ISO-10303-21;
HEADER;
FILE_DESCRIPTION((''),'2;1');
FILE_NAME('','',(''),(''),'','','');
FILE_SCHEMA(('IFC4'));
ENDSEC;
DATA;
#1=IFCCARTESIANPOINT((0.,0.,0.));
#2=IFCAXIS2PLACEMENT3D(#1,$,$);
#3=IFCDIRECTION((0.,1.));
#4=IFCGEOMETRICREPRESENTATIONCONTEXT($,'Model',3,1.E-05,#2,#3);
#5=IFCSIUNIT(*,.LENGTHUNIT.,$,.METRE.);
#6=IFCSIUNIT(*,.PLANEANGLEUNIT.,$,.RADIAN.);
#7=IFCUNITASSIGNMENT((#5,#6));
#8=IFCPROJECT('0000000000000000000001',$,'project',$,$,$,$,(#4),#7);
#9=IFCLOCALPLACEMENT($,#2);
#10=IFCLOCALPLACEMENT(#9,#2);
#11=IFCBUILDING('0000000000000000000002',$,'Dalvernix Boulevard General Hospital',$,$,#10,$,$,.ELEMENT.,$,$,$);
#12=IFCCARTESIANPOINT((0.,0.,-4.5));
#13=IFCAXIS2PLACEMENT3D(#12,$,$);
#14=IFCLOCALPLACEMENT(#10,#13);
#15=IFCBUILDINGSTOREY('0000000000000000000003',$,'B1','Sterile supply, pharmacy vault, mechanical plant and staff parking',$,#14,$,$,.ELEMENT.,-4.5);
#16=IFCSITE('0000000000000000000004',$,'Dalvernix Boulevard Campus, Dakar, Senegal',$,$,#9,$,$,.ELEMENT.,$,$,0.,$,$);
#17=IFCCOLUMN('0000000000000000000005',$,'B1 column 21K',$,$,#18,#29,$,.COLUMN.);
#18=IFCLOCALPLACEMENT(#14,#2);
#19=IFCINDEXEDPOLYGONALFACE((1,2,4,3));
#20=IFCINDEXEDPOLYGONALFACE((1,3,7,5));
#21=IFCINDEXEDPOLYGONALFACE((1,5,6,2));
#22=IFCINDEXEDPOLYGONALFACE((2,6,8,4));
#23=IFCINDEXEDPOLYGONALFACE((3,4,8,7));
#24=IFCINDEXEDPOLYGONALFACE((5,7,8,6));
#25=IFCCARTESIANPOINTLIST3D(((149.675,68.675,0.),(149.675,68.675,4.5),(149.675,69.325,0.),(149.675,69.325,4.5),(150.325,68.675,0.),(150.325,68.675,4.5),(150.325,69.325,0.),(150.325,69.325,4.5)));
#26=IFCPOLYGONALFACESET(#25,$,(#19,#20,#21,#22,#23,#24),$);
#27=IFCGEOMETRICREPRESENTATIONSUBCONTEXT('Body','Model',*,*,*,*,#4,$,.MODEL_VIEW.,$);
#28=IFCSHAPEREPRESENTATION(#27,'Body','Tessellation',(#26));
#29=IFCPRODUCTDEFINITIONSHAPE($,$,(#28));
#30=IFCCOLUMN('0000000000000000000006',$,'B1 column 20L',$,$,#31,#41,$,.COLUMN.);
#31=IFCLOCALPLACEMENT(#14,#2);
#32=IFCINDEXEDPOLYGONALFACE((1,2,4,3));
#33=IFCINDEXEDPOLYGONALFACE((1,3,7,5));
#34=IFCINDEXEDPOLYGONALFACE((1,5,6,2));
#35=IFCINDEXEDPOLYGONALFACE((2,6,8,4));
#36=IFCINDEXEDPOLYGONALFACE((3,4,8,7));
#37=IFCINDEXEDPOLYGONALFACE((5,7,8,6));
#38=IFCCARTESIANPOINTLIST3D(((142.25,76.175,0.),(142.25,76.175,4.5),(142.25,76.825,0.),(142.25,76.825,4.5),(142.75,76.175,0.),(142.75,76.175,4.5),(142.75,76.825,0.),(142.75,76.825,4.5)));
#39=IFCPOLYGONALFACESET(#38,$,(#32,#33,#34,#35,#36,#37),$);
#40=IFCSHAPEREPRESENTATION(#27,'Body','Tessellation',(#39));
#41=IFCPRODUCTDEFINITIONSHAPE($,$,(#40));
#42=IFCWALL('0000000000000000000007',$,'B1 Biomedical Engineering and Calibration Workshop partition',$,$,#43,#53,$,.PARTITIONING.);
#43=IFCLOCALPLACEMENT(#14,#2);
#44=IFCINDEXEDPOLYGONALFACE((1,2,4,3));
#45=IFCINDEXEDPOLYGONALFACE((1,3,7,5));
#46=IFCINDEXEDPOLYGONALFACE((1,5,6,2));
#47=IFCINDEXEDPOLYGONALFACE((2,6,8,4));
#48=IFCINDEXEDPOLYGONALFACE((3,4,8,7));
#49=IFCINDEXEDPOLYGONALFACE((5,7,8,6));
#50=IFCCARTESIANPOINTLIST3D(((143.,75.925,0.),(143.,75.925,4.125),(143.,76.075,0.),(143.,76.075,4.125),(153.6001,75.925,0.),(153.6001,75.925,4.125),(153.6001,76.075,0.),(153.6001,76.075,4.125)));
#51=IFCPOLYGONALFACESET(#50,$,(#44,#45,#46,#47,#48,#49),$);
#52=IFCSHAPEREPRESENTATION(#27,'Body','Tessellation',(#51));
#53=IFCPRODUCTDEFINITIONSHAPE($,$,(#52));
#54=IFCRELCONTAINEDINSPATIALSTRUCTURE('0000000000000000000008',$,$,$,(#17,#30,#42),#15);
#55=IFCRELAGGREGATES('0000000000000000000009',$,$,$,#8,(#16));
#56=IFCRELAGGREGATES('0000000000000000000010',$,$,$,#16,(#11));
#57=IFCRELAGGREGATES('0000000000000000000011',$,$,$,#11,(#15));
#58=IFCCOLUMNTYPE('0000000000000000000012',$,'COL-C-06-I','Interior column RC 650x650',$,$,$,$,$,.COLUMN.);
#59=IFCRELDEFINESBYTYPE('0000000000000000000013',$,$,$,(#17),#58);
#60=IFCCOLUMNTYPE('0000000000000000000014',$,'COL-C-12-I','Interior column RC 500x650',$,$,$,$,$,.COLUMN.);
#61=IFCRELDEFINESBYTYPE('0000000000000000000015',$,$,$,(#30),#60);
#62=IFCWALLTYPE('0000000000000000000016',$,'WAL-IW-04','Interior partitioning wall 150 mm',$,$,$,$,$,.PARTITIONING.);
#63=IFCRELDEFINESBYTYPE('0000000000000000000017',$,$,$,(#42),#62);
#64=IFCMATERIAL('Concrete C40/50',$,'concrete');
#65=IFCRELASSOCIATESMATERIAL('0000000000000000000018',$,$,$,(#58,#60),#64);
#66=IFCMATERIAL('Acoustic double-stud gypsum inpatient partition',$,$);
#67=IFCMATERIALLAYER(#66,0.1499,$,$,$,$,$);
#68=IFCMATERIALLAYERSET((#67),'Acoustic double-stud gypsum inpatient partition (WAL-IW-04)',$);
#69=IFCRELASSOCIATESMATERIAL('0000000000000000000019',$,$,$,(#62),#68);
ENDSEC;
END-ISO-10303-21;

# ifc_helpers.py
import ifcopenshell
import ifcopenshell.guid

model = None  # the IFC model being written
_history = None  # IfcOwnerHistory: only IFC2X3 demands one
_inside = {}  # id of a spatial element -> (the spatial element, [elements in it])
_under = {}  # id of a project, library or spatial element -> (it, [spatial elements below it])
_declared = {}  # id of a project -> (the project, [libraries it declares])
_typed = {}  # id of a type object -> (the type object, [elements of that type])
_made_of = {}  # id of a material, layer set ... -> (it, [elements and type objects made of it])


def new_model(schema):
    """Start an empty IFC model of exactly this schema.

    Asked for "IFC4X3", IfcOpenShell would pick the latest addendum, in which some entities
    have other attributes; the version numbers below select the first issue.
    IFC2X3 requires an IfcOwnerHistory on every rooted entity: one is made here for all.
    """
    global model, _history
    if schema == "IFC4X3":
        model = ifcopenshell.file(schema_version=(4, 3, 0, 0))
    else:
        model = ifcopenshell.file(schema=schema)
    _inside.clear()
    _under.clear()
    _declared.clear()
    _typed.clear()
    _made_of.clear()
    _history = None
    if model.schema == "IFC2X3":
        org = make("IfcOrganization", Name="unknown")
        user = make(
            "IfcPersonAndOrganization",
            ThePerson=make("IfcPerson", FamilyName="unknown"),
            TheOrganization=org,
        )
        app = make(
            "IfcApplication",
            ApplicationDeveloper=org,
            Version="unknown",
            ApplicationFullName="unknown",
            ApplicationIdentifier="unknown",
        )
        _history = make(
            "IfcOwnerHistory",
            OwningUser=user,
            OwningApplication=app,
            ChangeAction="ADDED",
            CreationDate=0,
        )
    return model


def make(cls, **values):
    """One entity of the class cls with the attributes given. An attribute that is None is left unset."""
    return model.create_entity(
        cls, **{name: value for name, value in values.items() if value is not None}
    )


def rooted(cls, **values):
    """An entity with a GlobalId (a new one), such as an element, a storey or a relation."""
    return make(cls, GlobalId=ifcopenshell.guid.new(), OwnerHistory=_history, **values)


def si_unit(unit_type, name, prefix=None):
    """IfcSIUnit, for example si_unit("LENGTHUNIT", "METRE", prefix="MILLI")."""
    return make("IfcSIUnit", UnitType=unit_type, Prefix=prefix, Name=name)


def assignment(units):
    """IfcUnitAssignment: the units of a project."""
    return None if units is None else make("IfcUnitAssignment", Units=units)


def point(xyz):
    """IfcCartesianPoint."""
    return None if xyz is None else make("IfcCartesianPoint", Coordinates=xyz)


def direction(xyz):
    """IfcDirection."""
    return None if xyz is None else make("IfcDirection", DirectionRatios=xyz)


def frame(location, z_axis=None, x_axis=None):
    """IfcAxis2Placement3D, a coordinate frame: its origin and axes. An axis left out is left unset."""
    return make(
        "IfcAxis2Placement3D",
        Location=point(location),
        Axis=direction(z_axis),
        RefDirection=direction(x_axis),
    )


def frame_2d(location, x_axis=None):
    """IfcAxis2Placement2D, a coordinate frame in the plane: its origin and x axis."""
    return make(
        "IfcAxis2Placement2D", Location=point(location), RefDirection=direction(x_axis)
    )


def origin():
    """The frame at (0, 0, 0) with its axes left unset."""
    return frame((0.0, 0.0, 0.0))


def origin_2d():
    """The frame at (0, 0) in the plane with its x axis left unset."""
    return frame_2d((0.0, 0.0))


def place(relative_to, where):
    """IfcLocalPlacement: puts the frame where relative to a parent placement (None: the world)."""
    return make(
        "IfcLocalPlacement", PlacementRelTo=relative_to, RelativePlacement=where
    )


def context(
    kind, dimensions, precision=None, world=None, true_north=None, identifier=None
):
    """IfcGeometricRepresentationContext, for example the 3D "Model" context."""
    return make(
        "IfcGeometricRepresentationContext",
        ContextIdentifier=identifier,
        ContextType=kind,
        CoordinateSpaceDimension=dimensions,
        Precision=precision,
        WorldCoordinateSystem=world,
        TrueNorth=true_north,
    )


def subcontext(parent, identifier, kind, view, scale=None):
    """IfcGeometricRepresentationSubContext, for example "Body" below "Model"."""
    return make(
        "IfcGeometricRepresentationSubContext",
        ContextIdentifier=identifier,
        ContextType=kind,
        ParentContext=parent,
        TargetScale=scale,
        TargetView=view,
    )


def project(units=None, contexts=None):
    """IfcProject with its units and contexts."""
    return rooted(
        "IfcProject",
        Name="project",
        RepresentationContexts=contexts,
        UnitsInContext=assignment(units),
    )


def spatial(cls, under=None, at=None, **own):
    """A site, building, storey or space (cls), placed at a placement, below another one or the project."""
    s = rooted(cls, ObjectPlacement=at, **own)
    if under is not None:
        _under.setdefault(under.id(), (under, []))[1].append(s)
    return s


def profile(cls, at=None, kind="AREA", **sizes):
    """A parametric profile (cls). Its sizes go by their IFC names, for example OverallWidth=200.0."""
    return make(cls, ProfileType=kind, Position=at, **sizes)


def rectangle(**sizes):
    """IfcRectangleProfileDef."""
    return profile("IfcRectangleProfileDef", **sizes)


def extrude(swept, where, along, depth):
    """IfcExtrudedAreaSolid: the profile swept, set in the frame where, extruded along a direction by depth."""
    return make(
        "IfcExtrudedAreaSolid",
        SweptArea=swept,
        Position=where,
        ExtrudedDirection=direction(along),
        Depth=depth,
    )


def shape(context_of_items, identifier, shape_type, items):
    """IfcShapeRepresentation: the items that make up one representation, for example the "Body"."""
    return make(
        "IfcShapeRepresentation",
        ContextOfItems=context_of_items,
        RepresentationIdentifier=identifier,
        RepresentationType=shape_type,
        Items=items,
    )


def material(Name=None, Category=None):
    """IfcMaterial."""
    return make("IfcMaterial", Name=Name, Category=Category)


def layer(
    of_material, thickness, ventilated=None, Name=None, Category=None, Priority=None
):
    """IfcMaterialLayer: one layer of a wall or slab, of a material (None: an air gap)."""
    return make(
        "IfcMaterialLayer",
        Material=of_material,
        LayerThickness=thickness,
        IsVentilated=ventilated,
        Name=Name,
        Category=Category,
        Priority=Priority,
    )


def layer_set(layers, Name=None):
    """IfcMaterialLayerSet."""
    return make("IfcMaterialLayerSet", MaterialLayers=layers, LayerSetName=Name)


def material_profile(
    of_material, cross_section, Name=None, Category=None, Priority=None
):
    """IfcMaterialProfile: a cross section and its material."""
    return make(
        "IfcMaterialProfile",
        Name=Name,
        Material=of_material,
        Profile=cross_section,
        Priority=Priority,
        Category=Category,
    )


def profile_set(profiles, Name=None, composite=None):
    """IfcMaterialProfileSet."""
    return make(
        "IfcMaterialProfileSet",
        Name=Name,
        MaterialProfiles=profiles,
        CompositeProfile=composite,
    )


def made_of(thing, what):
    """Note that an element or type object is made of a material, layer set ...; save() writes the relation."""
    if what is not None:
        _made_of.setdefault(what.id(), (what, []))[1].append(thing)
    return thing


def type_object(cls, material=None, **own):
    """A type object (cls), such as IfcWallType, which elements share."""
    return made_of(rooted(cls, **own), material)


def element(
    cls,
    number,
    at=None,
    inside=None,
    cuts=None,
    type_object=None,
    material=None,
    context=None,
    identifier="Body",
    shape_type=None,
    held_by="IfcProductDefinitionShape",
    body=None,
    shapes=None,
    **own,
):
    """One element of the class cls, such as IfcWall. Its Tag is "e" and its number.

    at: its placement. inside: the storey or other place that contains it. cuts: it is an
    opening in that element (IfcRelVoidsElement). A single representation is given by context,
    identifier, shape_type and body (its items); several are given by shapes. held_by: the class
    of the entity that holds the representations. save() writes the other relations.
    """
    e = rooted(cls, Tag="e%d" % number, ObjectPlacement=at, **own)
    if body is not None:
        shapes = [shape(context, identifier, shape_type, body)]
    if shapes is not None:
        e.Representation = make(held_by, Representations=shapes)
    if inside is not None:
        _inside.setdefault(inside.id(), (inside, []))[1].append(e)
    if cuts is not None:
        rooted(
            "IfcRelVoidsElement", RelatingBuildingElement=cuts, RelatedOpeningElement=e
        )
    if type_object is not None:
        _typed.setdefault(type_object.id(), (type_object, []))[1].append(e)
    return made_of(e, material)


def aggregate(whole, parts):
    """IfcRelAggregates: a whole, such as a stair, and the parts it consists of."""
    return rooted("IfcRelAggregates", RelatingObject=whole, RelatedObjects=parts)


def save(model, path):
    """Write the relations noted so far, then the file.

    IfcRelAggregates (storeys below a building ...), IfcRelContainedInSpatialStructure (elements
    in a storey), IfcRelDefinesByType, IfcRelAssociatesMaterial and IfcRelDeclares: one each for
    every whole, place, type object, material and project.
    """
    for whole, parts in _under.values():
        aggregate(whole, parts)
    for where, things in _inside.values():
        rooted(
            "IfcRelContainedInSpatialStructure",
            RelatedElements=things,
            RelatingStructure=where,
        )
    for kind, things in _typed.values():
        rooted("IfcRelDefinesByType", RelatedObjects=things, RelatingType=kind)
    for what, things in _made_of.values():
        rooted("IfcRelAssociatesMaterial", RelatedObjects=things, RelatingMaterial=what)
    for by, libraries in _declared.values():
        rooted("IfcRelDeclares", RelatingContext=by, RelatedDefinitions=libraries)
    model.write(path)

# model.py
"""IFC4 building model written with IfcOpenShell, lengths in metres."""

from ifc_helpers import new_model, si_unit, direction, frame, frame_2d, origin, origin_2d, place, context, subcontext, project, spatial, rectangle, extrude, material, layer, layer_set, material_profile, profile_set, type_object, element, save


model = new_model("IFC4")

# Units and contexts
model_context = context("Model", 3, precision=1e-05, world=origin(), true_north=direction((0.0, 1.0)))
body_context = subcontext(model_context, "Body", "Model", "MODEL_VIEW")
ifc_project = project(units=[si_unit("LENGTHUNIT", "METRE"), si_unit("PLANEANGLEUNIT", "RADIAN")], contexts=[model_context])

# Site, building, storey
site_placement = place(None, origin())
site = spatial("IfcSite", under=ifc_project, at=site_placement, Name="Dalvernix Boulevard Campus, Dakar, Senegal", CompositionType="ELEMENT", RefElevation=0.0)
building_placement = place(site_placement, origin())
building = spatial("IfcBuilding", under=site, at=building_placement, Name="Dalvernix Boulevard General Hospital", CompositionType="ELEMENT")
storey_placement = place(building_placement, frame((0.0, 0.0, -4.5)))
storey = spatial("IfcBuildingStorey", under=building, at=storey_placement, Name="B1", Description="Sterile supply, pharmacy vault, mechanical plant and staff parking", CompositionType="ELEMENT", Elevation=-4.5)

# Shared definitions
ifc_material_1 = material(Name="Concrete C40/50", Category="concrete")

# Columns
ifc_material_profile_1 = material_profile(ifc_material_1, rectangle(XDim=0.6499, YDim=0.6499, at=origin_2d()), Name="RC 650x650")
ifc_profile_set_1 = profile_set([ifc_material_profile_1], Name="Concrete C40/50")
column_type_1 = type_object("IfcColumnType", Name="COL-C-06-I", Description="Interior column RC 650x650", PredefinedType="COLUMN", material=ifc_profile_set_1)
for number, where, z_axis, x_axis, name in (
    (1, (150.0, 69.0, 0.0), (0.0, 0.0, 1.0), (1.0, 0.0, 0.0), "B1 column 21K"),
):
    element("IfcColumn", number, at=place(storey_placement, frame(where, z_axis=z_axis, x_axis=x_axis)), inside=storey, type_object=column_type_1, Name=name, PredefinedType="COLUMN", context=body_context, shape_type="SweptSolid", body=[
        extrude(rectangle(XDim=0.6499, YDim=0.6499, at=origin_2d()), origin(), (0.0, 0.0, 1.0), 4.5),
    ])
ifc_material_profile_2 = material_profile(ifc_material_1, rectangle(XDim=0.5, YDim=0.6499, at=origin_2d()), Name="RC 500x650")
ifc_profile_set_2 = profile_set([ifc_material_profile_2], Name="Concrete C40/50")
column_type_2 = type_object("IfcColumnType", Name="COL-C-12-I", Description="Interior column RC 500x650", PredefinedType="COLUMN", material=ifc_profile_set_2)
column_placement = place(storey_placement, frame((142.5, 76.5, 0.0), z_axis=(0.0, 0.0, 1.0), x_axis=(1.0, 0.0, 0.0)))
element("IfcColumn", 2, at=column_placement, inside=storey, type_object=column_type_2, Name="B1 column 20L", PredefinedType="COLUMN", context=body_context, shape_type="SweptSolid", body=[
    extrude(rectangle(XDim=0.5, YDim=0.6499, at=origin_2d()), origin(), (0.0, 0.0, 1.0), 4.5),
])

# Wall
ifc_material_2 = material(Name="Acoustic double-stud gypsum inpatient partition")
ifc_layer = layer(ifc_material_2, 0.1499)
ifc_layer_set = layer_set([ifc_layer], Name="Acoustic double-stud gypsum inpatient partition (WAL-IW-04)")
wall_type = type_object("IfcWallType", Name="WAL-IW-04", Description="Interior partitioning wall 150 mm", PredefinedType="PARTITIONING", material=ifc_layer_set)
wall_placement = place(storey_placement, frame((143.0, 76.0, 0.0), z_axis=(0.0, 0.0, 1.0), x_axis=(1.0, 0.0, 0.0)))
element("IfcWall", 3, at=wall_placement, inside=storey, type_object=wall_type, Name="B1 Biomedical Engineering and Calibration Workshop partition", PredefinedType="PARTITIONING", context=body_context, shape_type="SweptSolid", body=[
    extrude(rectangle(XDim=10.6001, YDim=0.1499, at=frame_2d((5.3, 0.0))), origin(), (0.0, 0.0, 1.0), 4.125),
])

save(model, "model.ifc")
